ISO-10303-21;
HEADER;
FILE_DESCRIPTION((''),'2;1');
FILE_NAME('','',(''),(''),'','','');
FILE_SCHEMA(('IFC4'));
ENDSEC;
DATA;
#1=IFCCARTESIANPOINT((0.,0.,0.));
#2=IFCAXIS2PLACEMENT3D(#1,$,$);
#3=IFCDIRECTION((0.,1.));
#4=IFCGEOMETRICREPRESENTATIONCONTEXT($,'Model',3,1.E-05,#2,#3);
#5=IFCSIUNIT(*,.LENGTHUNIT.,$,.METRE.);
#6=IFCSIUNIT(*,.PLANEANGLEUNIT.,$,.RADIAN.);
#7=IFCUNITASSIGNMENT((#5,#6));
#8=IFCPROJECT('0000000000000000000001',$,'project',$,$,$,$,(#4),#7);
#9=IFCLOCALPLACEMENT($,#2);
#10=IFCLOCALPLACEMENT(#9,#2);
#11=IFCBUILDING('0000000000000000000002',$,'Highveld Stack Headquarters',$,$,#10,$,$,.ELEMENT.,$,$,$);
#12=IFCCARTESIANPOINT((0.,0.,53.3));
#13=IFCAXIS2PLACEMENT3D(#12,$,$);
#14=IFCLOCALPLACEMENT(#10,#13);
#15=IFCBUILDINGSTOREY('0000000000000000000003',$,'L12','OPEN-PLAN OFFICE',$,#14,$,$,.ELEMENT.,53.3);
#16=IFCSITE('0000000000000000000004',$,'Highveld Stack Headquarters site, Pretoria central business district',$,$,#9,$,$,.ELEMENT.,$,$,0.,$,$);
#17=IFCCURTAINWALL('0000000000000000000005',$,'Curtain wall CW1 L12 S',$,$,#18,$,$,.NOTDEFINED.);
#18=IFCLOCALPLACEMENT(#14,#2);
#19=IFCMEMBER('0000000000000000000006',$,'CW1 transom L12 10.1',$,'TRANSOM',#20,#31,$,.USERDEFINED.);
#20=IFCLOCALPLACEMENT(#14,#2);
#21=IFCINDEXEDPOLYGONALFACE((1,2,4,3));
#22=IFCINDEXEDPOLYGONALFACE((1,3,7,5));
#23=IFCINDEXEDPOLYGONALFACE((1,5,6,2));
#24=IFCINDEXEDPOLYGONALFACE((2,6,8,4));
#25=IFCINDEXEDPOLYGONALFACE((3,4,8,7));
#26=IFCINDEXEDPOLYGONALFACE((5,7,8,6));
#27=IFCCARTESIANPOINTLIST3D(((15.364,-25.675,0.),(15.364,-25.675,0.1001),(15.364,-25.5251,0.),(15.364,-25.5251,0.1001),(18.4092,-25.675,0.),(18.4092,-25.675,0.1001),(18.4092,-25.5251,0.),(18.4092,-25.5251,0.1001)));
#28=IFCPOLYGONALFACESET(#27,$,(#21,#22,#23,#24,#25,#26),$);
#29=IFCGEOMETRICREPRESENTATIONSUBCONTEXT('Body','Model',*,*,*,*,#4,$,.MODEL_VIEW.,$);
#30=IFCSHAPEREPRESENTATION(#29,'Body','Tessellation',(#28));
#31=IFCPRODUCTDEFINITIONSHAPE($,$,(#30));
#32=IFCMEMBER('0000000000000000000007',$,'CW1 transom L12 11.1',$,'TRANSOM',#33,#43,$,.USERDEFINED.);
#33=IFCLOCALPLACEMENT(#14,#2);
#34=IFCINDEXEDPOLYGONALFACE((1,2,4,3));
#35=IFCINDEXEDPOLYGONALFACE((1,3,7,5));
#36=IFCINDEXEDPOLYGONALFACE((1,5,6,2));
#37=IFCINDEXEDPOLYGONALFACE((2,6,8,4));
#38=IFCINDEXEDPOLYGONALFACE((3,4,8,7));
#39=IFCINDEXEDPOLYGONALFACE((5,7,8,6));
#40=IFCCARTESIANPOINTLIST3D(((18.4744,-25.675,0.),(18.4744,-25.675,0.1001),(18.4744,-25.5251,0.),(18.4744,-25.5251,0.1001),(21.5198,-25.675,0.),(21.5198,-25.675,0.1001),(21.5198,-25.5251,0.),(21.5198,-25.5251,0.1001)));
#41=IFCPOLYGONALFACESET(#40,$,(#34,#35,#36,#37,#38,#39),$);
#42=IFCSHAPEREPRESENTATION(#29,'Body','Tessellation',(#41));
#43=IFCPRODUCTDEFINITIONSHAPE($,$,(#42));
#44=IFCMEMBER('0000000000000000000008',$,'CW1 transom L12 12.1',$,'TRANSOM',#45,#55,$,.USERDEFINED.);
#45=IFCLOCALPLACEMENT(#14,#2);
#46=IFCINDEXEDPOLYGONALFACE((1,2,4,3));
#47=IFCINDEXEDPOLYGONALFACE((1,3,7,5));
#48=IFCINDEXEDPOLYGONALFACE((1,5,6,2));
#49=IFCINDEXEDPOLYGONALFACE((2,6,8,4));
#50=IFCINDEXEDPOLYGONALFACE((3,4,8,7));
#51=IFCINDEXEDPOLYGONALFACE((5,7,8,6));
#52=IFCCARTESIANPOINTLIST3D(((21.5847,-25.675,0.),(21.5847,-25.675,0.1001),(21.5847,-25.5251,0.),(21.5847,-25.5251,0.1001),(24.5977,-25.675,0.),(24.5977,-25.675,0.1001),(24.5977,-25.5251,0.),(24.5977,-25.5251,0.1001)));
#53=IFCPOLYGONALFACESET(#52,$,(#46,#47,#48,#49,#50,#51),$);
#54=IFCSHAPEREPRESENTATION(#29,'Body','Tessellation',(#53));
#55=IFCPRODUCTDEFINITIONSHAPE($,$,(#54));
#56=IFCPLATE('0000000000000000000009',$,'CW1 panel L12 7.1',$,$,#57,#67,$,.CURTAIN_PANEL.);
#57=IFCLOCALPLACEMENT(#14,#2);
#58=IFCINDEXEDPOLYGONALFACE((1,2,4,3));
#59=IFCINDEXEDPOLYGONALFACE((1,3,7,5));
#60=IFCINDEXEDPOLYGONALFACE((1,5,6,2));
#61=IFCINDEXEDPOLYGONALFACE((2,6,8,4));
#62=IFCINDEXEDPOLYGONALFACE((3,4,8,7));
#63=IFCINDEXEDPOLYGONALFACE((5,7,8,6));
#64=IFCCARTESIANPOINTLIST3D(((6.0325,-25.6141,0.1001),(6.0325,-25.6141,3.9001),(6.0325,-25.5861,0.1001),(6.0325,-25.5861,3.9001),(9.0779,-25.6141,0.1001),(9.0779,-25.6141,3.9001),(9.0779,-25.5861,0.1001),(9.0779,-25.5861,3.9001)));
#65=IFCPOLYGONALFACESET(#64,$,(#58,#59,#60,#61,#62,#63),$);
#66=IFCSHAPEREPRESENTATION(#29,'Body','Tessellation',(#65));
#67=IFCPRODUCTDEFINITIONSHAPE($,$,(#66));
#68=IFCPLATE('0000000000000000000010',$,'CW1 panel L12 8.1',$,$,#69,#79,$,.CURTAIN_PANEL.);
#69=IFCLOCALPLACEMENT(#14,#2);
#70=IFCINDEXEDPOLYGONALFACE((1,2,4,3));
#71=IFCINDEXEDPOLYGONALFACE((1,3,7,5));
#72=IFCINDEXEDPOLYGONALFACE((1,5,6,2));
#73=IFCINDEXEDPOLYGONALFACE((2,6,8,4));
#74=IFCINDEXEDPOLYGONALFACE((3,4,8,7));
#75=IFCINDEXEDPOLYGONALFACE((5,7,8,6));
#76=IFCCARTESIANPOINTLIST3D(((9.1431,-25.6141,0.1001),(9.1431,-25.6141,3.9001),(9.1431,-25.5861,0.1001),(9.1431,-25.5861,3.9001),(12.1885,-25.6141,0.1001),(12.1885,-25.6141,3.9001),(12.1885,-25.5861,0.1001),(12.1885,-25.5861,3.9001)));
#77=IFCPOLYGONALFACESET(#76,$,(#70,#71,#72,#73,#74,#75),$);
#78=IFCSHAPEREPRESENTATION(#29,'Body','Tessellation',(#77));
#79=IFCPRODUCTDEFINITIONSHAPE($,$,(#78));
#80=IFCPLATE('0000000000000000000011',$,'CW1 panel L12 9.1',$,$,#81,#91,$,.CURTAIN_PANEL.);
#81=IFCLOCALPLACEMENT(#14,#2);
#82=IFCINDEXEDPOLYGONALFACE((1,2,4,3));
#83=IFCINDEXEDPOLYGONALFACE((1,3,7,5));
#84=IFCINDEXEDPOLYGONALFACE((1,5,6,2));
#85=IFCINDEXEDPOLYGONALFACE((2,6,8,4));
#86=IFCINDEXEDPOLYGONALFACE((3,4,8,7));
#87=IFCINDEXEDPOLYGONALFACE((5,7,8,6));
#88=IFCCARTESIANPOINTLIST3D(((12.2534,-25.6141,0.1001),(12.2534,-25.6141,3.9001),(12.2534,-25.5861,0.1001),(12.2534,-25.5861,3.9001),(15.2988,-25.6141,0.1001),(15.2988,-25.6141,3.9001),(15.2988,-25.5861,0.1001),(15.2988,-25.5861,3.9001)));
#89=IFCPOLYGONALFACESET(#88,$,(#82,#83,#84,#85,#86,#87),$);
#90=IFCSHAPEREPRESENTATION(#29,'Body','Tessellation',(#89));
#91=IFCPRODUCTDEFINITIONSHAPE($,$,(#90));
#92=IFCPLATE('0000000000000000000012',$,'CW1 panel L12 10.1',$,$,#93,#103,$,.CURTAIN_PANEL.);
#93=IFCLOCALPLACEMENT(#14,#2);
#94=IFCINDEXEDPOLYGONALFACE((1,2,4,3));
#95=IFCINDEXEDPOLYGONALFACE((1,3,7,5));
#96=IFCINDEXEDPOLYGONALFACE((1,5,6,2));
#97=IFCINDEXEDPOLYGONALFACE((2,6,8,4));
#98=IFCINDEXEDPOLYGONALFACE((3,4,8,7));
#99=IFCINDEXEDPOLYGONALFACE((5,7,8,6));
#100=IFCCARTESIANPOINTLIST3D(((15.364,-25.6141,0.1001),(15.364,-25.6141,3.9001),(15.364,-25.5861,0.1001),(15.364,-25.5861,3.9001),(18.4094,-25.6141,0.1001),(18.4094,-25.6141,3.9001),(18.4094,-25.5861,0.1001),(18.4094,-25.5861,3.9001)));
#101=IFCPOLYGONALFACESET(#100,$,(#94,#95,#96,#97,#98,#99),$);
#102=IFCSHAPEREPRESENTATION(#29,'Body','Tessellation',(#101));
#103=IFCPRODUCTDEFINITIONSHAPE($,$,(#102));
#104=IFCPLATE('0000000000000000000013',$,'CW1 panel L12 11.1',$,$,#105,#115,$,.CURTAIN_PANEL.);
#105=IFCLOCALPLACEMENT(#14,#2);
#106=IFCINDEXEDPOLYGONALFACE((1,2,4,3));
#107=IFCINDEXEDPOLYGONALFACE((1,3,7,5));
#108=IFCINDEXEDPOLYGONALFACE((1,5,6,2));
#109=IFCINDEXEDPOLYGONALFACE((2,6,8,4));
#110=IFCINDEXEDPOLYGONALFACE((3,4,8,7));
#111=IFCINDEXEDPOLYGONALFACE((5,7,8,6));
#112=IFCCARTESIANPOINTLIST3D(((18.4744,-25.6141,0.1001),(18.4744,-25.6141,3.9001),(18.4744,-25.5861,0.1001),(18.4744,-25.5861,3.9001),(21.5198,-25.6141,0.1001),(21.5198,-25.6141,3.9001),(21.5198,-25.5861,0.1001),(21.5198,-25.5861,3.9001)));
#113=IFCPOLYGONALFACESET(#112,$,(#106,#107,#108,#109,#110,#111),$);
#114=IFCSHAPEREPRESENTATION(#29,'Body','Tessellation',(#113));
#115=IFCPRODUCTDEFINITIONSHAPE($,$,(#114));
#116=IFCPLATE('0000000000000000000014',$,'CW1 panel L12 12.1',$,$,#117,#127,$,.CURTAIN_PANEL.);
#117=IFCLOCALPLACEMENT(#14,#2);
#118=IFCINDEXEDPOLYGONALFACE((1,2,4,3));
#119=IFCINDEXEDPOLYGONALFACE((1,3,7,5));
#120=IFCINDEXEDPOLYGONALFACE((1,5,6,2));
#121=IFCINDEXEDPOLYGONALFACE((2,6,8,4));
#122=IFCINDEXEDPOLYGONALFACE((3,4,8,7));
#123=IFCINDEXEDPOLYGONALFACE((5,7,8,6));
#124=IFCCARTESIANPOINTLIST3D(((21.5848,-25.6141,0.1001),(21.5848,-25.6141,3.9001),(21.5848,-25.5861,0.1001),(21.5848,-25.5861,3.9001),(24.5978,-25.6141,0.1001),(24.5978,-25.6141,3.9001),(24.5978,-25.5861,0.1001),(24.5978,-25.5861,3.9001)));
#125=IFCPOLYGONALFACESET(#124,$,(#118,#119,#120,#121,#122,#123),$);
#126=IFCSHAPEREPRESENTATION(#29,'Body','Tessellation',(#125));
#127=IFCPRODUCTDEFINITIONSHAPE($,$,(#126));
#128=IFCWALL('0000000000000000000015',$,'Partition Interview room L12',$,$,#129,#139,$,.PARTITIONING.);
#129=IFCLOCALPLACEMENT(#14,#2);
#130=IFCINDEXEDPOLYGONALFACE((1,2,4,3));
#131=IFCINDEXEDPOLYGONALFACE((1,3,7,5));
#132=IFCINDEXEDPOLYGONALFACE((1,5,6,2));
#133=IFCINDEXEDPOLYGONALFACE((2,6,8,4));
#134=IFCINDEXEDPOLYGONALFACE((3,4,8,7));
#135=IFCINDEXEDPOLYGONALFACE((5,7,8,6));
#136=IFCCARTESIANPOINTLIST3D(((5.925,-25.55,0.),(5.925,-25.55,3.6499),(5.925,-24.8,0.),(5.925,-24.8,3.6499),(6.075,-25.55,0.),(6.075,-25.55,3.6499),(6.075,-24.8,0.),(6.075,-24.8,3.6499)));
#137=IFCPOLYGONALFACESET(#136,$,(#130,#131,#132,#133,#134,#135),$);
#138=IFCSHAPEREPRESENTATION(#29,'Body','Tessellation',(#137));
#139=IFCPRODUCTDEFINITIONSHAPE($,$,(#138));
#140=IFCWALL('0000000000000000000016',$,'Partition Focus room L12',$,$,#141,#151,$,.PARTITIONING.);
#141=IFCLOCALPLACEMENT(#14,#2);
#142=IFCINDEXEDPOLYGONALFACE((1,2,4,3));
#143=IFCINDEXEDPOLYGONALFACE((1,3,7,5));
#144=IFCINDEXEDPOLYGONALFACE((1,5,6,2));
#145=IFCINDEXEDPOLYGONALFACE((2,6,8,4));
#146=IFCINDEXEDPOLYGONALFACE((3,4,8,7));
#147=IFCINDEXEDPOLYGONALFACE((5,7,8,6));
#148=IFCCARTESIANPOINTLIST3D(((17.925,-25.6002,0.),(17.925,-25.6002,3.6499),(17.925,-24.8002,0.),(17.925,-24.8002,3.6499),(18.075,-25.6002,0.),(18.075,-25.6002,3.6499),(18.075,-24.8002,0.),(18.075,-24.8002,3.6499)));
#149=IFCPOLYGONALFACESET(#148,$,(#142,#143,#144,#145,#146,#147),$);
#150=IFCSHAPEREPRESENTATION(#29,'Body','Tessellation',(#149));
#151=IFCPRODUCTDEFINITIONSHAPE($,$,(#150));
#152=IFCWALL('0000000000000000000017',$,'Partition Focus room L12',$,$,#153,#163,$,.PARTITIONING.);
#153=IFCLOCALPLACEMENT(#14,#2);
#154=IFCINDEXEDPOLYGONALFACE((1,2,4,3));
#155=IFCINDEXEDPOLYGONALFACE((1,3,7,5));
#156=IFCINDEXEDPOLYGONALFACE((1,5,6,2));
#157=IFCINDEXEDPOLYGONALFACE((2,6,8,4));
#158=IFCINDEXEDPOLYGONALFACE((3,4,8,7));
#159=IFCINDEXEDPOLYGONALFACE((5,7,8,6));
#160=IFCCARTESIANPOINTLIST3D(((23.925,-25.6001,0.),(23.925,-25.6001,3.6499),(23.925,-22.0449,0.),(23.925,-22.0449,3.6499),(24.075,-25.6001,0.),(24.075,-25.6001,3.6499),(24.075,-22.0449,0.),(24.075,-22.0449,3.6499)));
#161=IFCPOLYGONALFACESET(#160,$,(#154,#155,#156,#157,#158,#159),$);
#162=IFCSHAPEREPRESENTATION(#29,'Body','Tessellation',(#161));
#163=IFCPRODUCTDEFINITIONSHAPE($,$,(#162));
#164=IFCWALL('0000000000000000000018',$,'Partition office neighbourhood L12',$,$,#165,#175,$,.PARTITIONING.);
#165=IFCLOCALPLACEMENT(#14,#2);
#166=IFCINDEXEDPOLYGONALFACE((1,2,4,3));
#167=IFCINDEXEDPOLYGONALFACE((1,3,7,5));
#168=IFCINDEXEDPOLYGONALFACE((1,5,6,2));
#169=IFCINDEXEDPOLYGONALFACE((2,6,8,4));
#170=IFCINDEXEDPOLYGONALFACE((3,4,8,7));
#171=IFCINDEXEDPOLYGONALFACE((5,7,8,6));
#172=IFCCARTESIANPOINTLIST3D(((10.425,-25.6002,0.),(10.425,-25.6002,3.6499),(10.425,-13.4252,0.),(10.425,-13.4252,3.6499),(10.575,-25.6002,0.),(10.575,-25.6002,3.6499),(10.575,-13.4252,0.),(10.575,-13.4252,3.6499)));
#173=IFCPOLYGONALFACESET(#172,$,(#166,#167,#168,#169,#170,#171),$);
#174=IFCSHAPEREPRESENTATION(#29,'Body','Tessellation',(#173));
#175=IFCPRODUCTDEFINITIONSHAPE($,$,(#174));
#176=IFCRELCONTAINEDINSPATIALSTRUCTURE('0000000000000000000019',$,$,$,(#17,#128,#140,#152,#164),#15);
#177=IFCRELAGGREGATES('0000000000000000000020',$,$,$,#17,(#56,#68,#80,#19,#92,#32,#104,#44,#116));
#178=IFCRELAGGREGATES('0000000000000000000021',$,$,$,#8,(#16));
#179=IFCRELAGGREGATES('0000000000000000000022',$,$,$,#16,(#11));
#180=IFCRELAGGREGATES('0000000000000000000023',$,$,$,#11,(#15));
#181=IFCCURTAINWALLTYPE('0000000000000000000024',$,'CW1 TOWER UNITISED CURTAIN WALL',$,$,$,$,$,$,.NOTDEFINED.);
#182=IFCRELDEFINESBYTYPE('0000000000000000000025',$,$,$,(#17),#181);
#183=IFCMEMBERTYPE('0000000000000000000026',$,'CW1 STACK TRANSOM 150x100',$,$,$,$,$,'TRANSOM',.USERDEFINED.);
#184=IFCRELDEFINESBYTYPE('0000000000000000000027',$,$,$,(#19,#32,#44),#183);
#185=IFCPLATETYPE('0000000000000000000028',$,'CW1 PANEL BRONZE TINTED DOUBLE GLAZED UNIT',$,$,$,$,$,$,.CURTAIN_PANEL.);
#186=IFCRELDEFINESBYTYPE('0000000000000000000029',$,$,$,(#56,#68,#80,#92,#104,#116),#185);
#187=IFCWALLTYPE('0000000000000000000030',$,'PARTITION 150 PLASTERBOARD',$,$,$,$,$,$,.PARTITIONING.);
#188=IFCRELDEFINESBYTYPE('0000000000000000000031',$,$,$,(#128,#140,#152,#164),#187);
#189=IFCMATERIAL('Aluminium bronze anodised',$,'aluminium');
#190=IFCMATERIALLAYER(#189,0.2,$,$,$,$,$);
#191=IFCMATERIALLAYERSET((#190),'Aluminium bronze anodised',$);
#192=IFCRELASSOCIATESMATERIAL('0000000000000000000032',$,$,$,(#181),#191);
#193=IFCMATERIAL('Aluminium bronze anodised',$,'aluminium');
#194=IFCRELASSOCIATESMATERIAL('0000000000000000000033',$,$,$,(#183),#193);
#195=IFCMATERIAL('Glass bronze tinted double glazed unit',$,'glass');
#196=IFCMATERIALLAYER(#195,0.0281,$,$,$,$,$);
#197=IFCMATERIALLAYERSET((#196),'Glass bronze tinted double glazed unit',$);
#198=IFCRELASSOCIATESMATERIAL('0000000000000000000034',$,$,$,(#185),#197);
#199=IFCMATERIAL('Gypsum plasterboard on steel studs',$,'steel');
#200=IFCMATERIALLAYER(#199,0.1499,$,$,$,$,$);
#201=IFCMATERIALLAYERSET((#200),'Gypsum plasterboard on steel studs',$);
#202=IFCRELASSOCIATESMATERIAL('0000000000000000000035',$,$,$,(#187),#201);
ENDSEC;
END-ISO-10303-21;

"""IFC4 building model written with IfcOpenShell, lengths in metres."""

from ifc_helpers import new_model, si_unit, direction, frame, frame_2d, origin, origin_2d, place, context, subcontext, project, spatial, rectangle, extrude, material, layer, layer_set, material_profile, profile_set, type_object, element, aggregate, save


model = new_model("IFC4")

# Units and contexts
model_context = context("Model", 3, precision=1e-05, world=origin(), true_north=direction((0.0, 1.0)))
body_context = subcontext(model_context, "Body", "Model", "MODEL_VIEW")
ifc_project = project(units=[si_unit("LENGTHUNIT", "METRE"), si_unit("PLANEANGLEUNIT", "RADIAN")], contexts=[model_context])

# Site, building, storey
site_placement = place(None, origin())
site = spatial("IfcSite", under=ifc_project, at=site_placement, Name="Highveld Stack Headquarters site, Pretoria central business district", CompositionType="ELEMENT", RefElevation=0.0)
building_placement = place(site_placement, origin())
building = spatial("IfcBuilding", under=site, at=building_placement, Name="Highveld Stack Headquarters", CompositionType="ELEMENT")
storey_placement = place(building_placement, frame((0.0, 0.0, 53.3)))
storey = spatial("IfcBuildingStorey", under=building, at=storey_placement, Name="L12", Description="OPEN-PLAN OFFICE", CompositionType="ELEMENT", Elevation=53.3)

# Curtain wall, members, plates
ifc_material_1 = material(Name="Aluminium bronze anodised", Category="aluminium")
ifc_layer_1 = layer(ifc_material_1, 0.2)
ifc_layer_set_1 = layer_set([ifc_layer_1], Name="Aluminium bronze anodised")
curtain_wall_type = type_object("IfcCurtainWallType", Name="CW1 TOWER UNITISED CURTAIN WALL", PredefinedType="NOTDEFINED", material=ifc_layer_set_1)
curtain_wall_placement = place(storey_placement, origin())
curtain_wall = element("IfcCurtainWall", 1, at=curtain_wall_placement, inside=storey, type_object=curtain_wall_type, Name="Curtain wall CW1 L12 S", PredefinedType="NOTDEFINED")
ifc_material_2 = material(Name="Aluminium bronze anodised", Category="aluminium")
ifc_material_profile_1 = material_profile(ifc_material_2, rectangle(XDim=0.1499, YDim=0.1001, at=origin_2d()), Name="CW1 TRANSOM 150x100")
ifc_profile_set_1 = profile_set([ifc_material_profile_1], Name="Aluminium bronze anodised")
member_type_1 = type_object("IfcMemberType", Name="CW1 STACK TRANSOM 150x100", ElementType="TRANSOM", PredefinedType="USERDEFINED", material=ifc_profile_set_1)
member_1_placement = place(storey_placement, frame((15.364, -25.6001, 0.05), z_axis=(1.0, 0.0, 0.0), x_axis=(0.0, 1.0, 0.0)))
member_1 = element("IfcMember", 2, at=member_1_placement, type_object=member_type_1, Name="CW1 transom L12 10.1", ObjectType="TRANSOM", PredefinedType="USERDEFINED", context=body_context, shape_type="SweptSolid", body=[
    extrude(rectangle(XDim=0.1499, YDim=0.1001, at=origin_2d()), origin(), (0.0, 0.0, 1.0), 3.0452),
])
member_2_placement = place(storey_placement, frame((18.4744, -25.6001, 0.05), z_axis=(1.0, 0.0, 0.0), x_axis=(0.0, 1.0, 0.0)))
member_2 = element("IfcMember", 3, at=member_2_placement, type_object=member_type_1, Name="CW1 transom L12 11.1", ObjectType="TRANSOM", PredefinedType="USERDEFINED", context=body_context, shape_type="SweptSolid", body=[
    extrude(rectangle(XDim=0.1499, YDim=0.1001, at=origin_2d()), origin(), (0.0, 0.0, 1.0), 3.0454),
])
member_3_placement = place(storey_placement, frame((21.5847, -25.6001, 0.05), z_axis=(1.0, 0.0, 0.0), x_axis=(0.0, 1.0, 0.0)))
member_3 = element("IfcMember", 4, at=member_3_placement, type_object=member_type_1, Name="CW1 transom L12 12.1", ObjectType="TRANSOM", PredefinedType="USERDEFINED", context=body_context, shape_type="SweptSolid", body=[
    extrude(rectangle(XDim=0.1499, YDim=0.1001, at=origin_2d()), origin(), (0.0, 0.0, 1.0), 3.0129),
])
ifc_material_3 = material(Name="Glass bronze tinted double glazed unit", Category="glass")
ifc_layer_2 = layer(ifc_material_3, 0.0281)
ifc_layer_set_2 = layer_set([ifc_layer_2], Name="Glass bronze tinted double glazed unit")
plate_type = type_object("IfcPlateType", Name="CW1 PANEL BRONZE TINTED DOUBLE GLAZED UNIT", PredefinedType="CURTAIN_PANEL", material=ifc_layer_set_2)
plate_1_placement = place(storey_placement, frame((7.5552, -25.6001, 0.1001), z_axis=(0.0, 0.0, 1.0), x_axis=(1.0, 0.0, 0.0)))
plate_1 = element("IfcPlate", 5, at=plate_1_placement, type_object=plate_type, Name="CW1 panel L12 7.1", PredefinedType="CURTAIN_PANEL", context=body_context, shape_type="SweptSolid", body=[
    extrude(rectangle(XDim=3.0454, YDim=0.0281, at=origin_2d()), origin(), (0.0, 0.0, 1.0), 3.8),
])
plate_2_placement = place(storey_placement, frame((10.6658, -25.6001, 0.1001), z_axis=(0.0, 0.0, 1.0), x_axis=(1.0, 0.0, 0.0)))
plate_2 = element("IfcPlate", 6, at=plate_2_placement, type_object=plate_type, Name="CW1 panel L12 8.1", PredefinedType="CURTAIN_PANEL", context=body_context, shape_type="SweptSolid", body=[
    extrude(rectangle(XDim=3.0454, YDim=0.0281, at=origin_2d()), origin(), (0.0, 0.0, 1.0), 3.8),
])
plate_3_placement = place(storey_placement, frame((13.7761, -25.6001, 0.1001), z_axis=(0.0, 0.0, 1.0), x_axis=(1.0, 0.0, 0.0)))
plate_3 = element("IfcPlate", 7, at=plate_3_placement, type_object=plate_type, Name="CW1 panel L12 9.1", PredefinedType="CURTAIN_PANEL", context=body_context, shape_type="SweptSolid", body=[
    extrude(rectangle(XDim=3.0454, YDim=0.0281, at=origin_2d()), origin(), (0.0, 0.0, 1.0), 3.8),
])
plate_4_placement = place(storey_placement, frame((16.8867, -25.6001, 0.1001), z_axis=(0.0, 0.0, 1.0), x_axis=(1.0, 0.0, 0.0)))
plate_4 = element("IfcPlate", 8, at=plate_4_placement, type_object=plate_type, Name="CW1 panel L12 10.1", PredefinedType="CURTAIN_PANEL", context=body_context, shape_type="SweptSolid", body=[
    extrude(rectangle(XDim=3.0454, YDim=0.0281, at=origin_2d()), origin(), (0.0, 0.0, 1.0), 3.8),
])
plate_5_placement = place(storey_placement, frame((19.9971, -25.6001, 0.1001), z_axis=(0.0, 0.0, 1.0), x_axis=(1.0, 0.0, 0.0)))
plate_5 = element("IfcPlate", 9, at=plate_5_placement, type_object=plate_type, Name="CW1 panel L12 11.1", PredefinedType="CURTAIN_PANEL", context=body_context, shape_type="SweptSolid", body=[
    extrude(rectangle(XDim=3.0454, YDim=0.0281, at=origin_2d()), origin(), (0.0, 0.0, 1.0), 3.8),
])
plate_6_placement = place(storey_placement, frame((23.0913, -25.6001, 0.1001), z_axis=(0.0, 0.0, 1.0), x_axis=(1.0, 0.0, 0.0)))
plate_6 = element("IfcPlate", 10, at=plate_6_placement, type_object=plate_type, Name="CW1 panel L12 12.1", PredefinedType="CURTAIN_PANEL", context=body_context, shape_type="SweptSolid", body=[
    extrude(rectangle(XDim=3.0129, YDim=0.0281, at=origin_2d()), origin(), (0.0, 0.0, 1.0), 3.8),
])
aggregate(curtain_wall, [plate_1, plate_2, plate_3, member_1, plate_4, member_2, plate_5, member_3, plate_6])

# Walls
ifc_material_4 = material(Name="Gypsum plasterboard on steel studs", Category="steel")
ifc_layer_3 = layer(ifc_material_4, 0.1499)
ifc_layer_set_3 = layer_set([ifc_layer_3], Name="Gypsum plasterboard on steel studs")
wall_type = type_object("IfcWallType", Name="PARTITION 150 PLASTERBOARD", PredefinedType="PARTITIONING", material=ifc_layer_set_3)
wall_1_placement = place(storey_placement, frame((6.0, -25.55, 0.0), z_axis=(0.0, 0.0, 1.0), x_axis=(0.0, 1.0, 0.0)))
element("IfcWall", 11, at=wall_1_placement, inside=storey, type_object=wall_type, Name="Partition Interview room L12", PredefinedType="PARTITIONING", context=body_context, shape_type="SweptSolid", body=[
    extrude(rectangle(XDim=0.75, YDim=0.1499, at=frame_2d((0.375, 0.0))), origin(), (0.0, 0.0, 1.0), 3.6499),
])
wall_2_placement = place(storey_placement, frame((18.0, -25.6001, 0.0), z_axis=(0.0, 0.0, 1.0), x_axis=(0.0, 1.0, 0.0)))
element("IfcWall", 12, at=wall_2_placement, inside=storey, type_object=wall_type, Name="Partition Focus room L12", PredefinedType="PARTITIONING", context=body_context, shape_type="SweptSolid", body=[
    extrude(rectangle(XDim=0.8, YDim=0.1499, at=frame_2d((0.3999, 0.0))), origin(), (0.0, 0.0, 1.0), 3.6499),
])
wall_3_placement = place(storey_placement, frame((24.0, -25.6001, 0.0), z_axis=(0.0, 0.0, 1.0), x_axis=(0.0, 1.0, 0.0)))
element("IfcWall", 13, at=wall_3_placement, inside=storey, type_object=wall_type, Name="Partition Focus room L12", PredefinedType="PARTITIONING", context=body_context, shape_type="SweptSolid", body=[
    extrude(rectangle(XDim=3.5552, YDim=0.1499, at=frame_2d((1.7776, 0.0))), origin(), (0.0, 0.0, 1.0), 3.6499),
])
wall_4_placement = place(storey_placement, frame((10.5, -25.6001, 0.0), z_axis=(0.0, 0.0, 1.0), x_axis=(0.0, 1.0, 0.0)))
element("IfcWall", 14, at=wall_4_placement, inside=storey, type_object=wall_type, Name="Partition office neighbourhood L12", PredefinedType="PARTITIONING", context=body_context, shape_type="SweptSolid", body=[
    extrude(rectangle(XDim=12.175, YDim=0.1499, at=frame_2d((6.0874, 0.0))), origin(), (0.0, 0.0, 1.0), 3.6499),
])

save(model, "model.ifc")
